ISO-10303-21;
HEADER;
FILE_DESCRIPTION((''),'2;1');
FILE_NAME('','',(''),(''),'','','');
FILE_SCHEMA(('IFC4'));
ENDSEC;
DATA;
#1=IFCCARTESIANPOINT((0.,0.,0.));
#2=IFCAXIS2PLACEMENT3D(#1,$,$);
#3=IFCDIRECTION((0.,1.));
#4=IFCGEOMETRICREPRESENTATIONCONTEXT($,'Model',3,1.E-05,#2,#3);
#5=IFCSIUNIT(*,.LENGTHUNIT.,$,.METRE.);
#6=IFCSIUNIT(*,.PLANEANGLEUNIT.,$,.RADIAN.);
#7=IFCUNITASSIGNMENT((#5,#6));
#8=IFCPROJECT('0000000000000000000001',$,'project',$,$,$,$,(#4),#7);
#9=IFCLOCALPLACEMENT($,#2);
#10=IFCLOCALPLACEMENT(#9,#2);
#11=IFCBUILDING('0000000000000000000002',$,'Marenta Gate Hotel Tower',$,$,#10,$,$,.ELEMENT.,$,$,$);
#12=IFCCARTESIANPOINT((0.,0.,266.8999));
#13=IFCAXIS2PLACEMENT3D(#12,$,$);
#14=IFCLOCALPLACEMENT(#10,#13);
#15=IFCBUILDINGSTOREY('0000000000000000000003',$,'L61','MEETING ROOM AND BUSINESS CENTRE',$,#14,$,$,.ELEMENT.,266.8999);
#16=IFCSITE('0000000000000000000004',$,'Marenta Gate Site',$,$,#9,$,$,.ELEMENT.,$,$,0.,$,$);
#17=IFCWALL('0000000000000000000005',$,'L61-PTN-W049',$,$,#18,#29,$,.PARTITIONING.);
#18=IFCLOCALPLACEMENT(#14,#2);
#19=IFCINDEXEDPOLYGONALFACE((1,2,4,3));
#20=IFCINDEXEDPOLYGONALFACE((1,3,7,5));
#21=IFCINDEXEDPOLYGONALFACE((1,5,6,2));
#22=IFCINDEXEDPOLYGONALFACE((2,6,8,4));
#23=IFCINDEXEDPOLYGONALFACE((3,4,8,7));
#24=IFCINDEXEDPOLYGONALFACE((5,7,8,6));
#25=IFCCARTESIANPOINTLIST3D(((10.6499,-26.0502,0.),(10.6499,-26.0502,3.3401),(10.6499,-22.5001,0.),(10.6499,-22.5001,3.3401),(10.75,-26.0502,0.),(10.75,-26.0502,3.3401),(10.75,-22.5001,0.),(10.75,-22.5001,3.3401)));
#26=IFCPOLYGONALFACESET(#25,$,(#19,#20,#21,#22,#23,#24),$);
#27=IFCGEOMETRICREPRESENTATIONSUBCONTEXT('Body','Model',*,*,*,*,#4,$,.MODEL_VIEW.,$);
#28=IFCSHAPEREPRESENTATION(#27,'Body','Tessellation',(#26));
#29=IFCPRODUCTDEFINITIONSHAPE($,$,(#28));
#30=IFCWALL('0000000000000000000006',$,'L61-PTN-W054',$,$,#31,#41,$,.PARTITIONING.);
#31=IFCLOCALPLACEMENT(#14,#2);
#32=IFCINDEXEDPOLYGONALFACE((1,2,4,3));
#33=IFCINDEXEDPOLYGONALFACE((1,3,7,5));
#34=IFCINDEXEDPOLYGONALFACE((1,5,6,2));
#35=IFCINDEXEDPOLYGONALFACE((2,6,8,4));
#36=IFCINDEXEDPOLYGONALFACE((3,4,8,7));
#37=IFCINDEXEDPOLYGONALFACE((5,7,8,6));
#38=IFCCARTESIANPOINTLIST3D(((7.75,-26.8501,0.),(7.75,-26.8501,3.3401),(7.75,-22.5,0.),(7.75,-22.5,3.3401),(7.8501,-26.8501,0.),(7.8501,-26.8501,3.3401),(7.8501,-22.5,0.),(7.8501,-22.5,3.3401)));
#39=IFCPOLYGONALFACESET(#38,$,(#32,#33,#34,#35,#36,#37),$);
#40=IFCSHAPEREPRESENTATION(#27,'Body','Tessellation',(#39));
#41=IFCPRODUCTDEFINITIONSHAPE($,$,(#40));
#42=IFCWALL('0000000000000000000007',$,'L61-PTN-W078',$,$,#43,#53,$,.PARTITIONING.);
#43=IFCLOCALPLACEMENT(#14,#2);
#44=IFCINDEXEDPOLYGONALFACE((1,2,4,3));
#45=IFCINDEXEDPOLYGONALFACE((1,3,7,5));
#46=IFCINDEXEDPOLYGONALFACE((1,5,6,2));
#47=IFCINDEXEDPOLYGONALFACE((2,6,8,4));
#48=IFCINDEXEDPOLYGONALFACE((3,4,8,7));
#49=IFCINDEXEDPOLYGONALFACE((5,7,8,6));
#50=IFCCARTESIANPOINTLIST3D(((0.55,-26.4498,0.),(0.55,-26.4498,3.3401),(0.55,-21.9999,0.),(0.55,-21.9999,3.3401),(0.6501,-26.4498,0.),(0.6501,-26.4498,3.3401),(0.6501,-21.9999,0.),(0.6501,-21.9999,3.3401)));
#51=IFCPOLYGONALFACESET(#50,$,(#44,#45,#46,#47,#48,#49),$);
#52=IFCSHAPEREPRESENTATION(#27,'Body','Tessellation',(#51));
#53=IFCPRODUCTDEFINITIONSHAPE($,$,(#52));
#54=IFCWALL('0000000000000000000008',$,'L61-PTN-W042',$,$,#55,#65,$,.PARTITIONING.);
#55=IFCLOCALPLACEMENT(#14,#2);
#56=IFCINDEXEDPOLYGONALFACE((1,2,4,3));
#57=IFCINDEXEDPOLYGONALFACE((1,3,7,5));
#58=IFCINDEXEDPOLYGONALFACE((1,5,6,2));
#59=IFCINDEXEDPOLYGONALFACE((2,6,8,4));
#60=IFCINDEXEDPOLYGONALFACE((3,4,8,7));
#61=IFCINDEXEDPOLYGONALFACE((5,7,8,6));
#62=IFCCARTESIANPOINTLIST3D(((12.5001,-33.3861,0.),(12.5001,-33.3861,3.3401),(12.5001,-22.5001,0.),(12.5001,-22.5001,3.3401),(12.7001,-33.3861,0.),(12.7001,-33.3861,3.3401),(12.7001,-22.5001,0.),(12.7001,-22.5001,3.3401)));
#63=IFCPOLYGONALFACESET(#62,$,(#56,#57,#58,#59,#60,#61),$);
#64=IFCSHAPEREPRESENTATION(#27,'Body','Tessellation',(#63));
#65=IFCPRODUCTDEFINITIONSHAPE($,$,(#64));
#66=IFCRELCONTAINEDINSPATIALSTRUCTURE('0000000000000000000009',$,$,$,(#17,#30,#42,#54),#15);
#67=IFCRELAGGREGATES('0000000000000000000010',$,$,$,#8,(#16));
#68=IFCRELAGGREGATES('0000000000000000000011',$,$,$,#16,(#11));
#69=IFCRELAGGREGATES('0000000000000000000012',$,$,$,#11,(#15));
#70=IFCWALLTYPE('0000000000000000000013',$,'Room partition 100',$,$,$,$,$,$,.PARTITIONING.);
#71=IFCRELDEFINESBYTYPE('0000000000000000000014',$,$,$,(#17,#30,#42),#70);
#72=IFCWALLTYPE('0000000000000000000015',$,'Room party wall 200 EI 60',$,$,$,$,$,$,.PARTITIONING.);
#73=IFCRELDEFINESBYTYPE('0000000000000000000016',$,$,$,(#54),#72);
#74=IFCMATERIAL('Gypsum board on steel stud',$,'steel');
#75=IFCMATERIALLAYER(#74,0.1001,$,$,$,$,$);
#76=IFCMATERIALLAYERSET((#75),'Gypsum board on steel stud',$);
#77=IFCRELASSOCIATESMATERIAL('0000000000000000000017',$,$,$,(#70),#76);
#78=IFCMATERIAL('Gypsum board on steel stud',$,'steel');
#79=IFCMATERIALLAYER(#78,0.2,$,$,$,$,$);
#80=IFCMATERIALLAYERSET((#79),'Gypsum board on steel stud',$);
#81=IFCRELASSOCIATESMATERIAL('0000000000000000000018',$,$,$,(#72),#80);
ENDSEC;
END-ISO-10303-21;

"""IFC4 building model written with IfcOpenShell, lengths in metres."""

from ifc_helpers import new_model, si_unit, direction, frame, frame_2d, origin, place, context, subcontext, project, spatial, rectangle, extrude, material, layer, layer_set, type_object, element, save


model = new_model("IFC4")

# Units and contexts
model_context = context("Model", 3, precision=1e-05, world=origin(), true_north=direction((0.0, 1.0)))
body_context = subcontext(model_context, "Body", "Model", "MODEL_VIEW")
ifc_project = project(units=[si_unit("LENGTHUNIT", "METRE"), si_unit("PLANEANGLEUNIT", "RADIAN")], contexts=[model_context])

# Site, building, storey
site_placement = place(None, origin())
site = spatial("IfcSite", under=ifc_project, at=site_placement, Name="Marenta Gate Site", CompositionType="ELEMENT", RefElevation=0.0)
building_placement = place(site_placement, origin())
building = spatial("IfcBuilding", under=site, at=building_placement, Name="Marenta Gate Hotel Tower", CompositionType="ELEMENT")
storey_placement = place(building_placement, frame((0.0, 0.0, 266.8999)))
storey = spatial("IfcBuildingStorey", under=building, at=storey_placement, Name="L61", Description="MEETING ROOM AND BUSINESS CENTRE", CompositionType="ELEMENT", Elevation=266.8999)

# Shared definitions
ifc_material_1 = material(Name="Gypsum board on steel stud", Category="steel")
ifc_layer_1 = layer(ifc_material_1, 0.1001)
ifc_layer_set_1 = layer_set([ifc_layer_1], Name="Gypsum board on steel stud")
wall_type_1 = type_object("IfcWallType", Name="Room partition 100", PredefinedType="PARTITIONING", material=ifc_layer_set_1)

# Walls
wall_1_placement = place(storey_placement, frame((10.7, -26.05, 0.0), z_axis=(0.0, 0.0, 1.0), x_axis=(0.0, 1.0, 0.0)))
element("IfcWall", 1, at=wall_1_placement, inside=storey, type_object=wall_type_1, Name="L61-PTN-W049", PredefinedType="PARTITIONING", context=body_context, shape_type="SweptSolid", body=[
    extrude(rectangle(XDim=3.55, YDim=0.1001, at=frame_2d((1.7749, 0.0))), origin(), (0.0, 0.0, 1.0), 3.3401),
])
wall_2_placement = place(storey_placement, frame((7.8, -26.8501, 0.0), z_axis=(0.0, 0.0, 1.0), x_axis=(0.0, 1.0, 0.0)))
element("IfcWall", 2, at=wall_2_placement, inside=storey, type_object=wall_type_1, Name="L61-PTN-W054", PredefinedType="PARTITIONING", context=body_context, shape_type="SweptSolid", body=[
    extrude(rectangle(XDim=4.3501, YDim=0.1001, at=frame_2d((2.175, 0.0))), origin(), (0.0, 0.0, 1.0), 3.3401),
])
wall_3_placement = place(storey_placement, frame((0.6001, -26.45, 0.0), z_axis=(0.0, 0.0, 1.0), x_axis=(0.0, 1.0, 0.0)))
element("IfcWall", 3, at=wall_3_placement, inside=storey, type_object=wall_type_1, Name="L61-PTN-W078", PredefinedType="PARTITIONING", context=body_context, shape_type="SweptSolid", body=[
    extrude(rectangle(XDim=4.45, YDim=0.1001, at=frame_2d((2.2251, 0.0))), origin(), (0.0, 0.0, 1.0), 3.3401),
])
ifc_material_2 = material(Name="Gypsum board on steel stud", Category="steel")
ifc_layer_2 = layer(ifc_material_2, 0.2)
ifc_layer_set_2 = layer_set([ifc_layer_2], Name="Gypsum board on steel stud")
wall_type_2 = type_object("IfcWallType", Name="Room party wall 200 EI 60", PredefinedType="PARTITIONING", material=ifc_layer_set_2)
wall_4_placement = place(storey_placement, frame((12.6001, -33.386, 0.0), z_axis=(0.0, 0.0, 1.0), x_axis=(0.0, 1.0, 0.0)))
element("IfcWall", 4, at=wall_4_placement, inside=storey, type_object=wall_type_2, Name="L61-PTN-W042", PredefinedType="PARTITIONING", context=body_context, shape_type="SweptSolid", body=[
    extrude(rectangle(XDim=10.886, YDim=0.2, at=frame_2d((5.4429, 0.0))), origin(), (0.0, 0.0, 1.0), 3.3401),
])

save(model, "model.ifc")
